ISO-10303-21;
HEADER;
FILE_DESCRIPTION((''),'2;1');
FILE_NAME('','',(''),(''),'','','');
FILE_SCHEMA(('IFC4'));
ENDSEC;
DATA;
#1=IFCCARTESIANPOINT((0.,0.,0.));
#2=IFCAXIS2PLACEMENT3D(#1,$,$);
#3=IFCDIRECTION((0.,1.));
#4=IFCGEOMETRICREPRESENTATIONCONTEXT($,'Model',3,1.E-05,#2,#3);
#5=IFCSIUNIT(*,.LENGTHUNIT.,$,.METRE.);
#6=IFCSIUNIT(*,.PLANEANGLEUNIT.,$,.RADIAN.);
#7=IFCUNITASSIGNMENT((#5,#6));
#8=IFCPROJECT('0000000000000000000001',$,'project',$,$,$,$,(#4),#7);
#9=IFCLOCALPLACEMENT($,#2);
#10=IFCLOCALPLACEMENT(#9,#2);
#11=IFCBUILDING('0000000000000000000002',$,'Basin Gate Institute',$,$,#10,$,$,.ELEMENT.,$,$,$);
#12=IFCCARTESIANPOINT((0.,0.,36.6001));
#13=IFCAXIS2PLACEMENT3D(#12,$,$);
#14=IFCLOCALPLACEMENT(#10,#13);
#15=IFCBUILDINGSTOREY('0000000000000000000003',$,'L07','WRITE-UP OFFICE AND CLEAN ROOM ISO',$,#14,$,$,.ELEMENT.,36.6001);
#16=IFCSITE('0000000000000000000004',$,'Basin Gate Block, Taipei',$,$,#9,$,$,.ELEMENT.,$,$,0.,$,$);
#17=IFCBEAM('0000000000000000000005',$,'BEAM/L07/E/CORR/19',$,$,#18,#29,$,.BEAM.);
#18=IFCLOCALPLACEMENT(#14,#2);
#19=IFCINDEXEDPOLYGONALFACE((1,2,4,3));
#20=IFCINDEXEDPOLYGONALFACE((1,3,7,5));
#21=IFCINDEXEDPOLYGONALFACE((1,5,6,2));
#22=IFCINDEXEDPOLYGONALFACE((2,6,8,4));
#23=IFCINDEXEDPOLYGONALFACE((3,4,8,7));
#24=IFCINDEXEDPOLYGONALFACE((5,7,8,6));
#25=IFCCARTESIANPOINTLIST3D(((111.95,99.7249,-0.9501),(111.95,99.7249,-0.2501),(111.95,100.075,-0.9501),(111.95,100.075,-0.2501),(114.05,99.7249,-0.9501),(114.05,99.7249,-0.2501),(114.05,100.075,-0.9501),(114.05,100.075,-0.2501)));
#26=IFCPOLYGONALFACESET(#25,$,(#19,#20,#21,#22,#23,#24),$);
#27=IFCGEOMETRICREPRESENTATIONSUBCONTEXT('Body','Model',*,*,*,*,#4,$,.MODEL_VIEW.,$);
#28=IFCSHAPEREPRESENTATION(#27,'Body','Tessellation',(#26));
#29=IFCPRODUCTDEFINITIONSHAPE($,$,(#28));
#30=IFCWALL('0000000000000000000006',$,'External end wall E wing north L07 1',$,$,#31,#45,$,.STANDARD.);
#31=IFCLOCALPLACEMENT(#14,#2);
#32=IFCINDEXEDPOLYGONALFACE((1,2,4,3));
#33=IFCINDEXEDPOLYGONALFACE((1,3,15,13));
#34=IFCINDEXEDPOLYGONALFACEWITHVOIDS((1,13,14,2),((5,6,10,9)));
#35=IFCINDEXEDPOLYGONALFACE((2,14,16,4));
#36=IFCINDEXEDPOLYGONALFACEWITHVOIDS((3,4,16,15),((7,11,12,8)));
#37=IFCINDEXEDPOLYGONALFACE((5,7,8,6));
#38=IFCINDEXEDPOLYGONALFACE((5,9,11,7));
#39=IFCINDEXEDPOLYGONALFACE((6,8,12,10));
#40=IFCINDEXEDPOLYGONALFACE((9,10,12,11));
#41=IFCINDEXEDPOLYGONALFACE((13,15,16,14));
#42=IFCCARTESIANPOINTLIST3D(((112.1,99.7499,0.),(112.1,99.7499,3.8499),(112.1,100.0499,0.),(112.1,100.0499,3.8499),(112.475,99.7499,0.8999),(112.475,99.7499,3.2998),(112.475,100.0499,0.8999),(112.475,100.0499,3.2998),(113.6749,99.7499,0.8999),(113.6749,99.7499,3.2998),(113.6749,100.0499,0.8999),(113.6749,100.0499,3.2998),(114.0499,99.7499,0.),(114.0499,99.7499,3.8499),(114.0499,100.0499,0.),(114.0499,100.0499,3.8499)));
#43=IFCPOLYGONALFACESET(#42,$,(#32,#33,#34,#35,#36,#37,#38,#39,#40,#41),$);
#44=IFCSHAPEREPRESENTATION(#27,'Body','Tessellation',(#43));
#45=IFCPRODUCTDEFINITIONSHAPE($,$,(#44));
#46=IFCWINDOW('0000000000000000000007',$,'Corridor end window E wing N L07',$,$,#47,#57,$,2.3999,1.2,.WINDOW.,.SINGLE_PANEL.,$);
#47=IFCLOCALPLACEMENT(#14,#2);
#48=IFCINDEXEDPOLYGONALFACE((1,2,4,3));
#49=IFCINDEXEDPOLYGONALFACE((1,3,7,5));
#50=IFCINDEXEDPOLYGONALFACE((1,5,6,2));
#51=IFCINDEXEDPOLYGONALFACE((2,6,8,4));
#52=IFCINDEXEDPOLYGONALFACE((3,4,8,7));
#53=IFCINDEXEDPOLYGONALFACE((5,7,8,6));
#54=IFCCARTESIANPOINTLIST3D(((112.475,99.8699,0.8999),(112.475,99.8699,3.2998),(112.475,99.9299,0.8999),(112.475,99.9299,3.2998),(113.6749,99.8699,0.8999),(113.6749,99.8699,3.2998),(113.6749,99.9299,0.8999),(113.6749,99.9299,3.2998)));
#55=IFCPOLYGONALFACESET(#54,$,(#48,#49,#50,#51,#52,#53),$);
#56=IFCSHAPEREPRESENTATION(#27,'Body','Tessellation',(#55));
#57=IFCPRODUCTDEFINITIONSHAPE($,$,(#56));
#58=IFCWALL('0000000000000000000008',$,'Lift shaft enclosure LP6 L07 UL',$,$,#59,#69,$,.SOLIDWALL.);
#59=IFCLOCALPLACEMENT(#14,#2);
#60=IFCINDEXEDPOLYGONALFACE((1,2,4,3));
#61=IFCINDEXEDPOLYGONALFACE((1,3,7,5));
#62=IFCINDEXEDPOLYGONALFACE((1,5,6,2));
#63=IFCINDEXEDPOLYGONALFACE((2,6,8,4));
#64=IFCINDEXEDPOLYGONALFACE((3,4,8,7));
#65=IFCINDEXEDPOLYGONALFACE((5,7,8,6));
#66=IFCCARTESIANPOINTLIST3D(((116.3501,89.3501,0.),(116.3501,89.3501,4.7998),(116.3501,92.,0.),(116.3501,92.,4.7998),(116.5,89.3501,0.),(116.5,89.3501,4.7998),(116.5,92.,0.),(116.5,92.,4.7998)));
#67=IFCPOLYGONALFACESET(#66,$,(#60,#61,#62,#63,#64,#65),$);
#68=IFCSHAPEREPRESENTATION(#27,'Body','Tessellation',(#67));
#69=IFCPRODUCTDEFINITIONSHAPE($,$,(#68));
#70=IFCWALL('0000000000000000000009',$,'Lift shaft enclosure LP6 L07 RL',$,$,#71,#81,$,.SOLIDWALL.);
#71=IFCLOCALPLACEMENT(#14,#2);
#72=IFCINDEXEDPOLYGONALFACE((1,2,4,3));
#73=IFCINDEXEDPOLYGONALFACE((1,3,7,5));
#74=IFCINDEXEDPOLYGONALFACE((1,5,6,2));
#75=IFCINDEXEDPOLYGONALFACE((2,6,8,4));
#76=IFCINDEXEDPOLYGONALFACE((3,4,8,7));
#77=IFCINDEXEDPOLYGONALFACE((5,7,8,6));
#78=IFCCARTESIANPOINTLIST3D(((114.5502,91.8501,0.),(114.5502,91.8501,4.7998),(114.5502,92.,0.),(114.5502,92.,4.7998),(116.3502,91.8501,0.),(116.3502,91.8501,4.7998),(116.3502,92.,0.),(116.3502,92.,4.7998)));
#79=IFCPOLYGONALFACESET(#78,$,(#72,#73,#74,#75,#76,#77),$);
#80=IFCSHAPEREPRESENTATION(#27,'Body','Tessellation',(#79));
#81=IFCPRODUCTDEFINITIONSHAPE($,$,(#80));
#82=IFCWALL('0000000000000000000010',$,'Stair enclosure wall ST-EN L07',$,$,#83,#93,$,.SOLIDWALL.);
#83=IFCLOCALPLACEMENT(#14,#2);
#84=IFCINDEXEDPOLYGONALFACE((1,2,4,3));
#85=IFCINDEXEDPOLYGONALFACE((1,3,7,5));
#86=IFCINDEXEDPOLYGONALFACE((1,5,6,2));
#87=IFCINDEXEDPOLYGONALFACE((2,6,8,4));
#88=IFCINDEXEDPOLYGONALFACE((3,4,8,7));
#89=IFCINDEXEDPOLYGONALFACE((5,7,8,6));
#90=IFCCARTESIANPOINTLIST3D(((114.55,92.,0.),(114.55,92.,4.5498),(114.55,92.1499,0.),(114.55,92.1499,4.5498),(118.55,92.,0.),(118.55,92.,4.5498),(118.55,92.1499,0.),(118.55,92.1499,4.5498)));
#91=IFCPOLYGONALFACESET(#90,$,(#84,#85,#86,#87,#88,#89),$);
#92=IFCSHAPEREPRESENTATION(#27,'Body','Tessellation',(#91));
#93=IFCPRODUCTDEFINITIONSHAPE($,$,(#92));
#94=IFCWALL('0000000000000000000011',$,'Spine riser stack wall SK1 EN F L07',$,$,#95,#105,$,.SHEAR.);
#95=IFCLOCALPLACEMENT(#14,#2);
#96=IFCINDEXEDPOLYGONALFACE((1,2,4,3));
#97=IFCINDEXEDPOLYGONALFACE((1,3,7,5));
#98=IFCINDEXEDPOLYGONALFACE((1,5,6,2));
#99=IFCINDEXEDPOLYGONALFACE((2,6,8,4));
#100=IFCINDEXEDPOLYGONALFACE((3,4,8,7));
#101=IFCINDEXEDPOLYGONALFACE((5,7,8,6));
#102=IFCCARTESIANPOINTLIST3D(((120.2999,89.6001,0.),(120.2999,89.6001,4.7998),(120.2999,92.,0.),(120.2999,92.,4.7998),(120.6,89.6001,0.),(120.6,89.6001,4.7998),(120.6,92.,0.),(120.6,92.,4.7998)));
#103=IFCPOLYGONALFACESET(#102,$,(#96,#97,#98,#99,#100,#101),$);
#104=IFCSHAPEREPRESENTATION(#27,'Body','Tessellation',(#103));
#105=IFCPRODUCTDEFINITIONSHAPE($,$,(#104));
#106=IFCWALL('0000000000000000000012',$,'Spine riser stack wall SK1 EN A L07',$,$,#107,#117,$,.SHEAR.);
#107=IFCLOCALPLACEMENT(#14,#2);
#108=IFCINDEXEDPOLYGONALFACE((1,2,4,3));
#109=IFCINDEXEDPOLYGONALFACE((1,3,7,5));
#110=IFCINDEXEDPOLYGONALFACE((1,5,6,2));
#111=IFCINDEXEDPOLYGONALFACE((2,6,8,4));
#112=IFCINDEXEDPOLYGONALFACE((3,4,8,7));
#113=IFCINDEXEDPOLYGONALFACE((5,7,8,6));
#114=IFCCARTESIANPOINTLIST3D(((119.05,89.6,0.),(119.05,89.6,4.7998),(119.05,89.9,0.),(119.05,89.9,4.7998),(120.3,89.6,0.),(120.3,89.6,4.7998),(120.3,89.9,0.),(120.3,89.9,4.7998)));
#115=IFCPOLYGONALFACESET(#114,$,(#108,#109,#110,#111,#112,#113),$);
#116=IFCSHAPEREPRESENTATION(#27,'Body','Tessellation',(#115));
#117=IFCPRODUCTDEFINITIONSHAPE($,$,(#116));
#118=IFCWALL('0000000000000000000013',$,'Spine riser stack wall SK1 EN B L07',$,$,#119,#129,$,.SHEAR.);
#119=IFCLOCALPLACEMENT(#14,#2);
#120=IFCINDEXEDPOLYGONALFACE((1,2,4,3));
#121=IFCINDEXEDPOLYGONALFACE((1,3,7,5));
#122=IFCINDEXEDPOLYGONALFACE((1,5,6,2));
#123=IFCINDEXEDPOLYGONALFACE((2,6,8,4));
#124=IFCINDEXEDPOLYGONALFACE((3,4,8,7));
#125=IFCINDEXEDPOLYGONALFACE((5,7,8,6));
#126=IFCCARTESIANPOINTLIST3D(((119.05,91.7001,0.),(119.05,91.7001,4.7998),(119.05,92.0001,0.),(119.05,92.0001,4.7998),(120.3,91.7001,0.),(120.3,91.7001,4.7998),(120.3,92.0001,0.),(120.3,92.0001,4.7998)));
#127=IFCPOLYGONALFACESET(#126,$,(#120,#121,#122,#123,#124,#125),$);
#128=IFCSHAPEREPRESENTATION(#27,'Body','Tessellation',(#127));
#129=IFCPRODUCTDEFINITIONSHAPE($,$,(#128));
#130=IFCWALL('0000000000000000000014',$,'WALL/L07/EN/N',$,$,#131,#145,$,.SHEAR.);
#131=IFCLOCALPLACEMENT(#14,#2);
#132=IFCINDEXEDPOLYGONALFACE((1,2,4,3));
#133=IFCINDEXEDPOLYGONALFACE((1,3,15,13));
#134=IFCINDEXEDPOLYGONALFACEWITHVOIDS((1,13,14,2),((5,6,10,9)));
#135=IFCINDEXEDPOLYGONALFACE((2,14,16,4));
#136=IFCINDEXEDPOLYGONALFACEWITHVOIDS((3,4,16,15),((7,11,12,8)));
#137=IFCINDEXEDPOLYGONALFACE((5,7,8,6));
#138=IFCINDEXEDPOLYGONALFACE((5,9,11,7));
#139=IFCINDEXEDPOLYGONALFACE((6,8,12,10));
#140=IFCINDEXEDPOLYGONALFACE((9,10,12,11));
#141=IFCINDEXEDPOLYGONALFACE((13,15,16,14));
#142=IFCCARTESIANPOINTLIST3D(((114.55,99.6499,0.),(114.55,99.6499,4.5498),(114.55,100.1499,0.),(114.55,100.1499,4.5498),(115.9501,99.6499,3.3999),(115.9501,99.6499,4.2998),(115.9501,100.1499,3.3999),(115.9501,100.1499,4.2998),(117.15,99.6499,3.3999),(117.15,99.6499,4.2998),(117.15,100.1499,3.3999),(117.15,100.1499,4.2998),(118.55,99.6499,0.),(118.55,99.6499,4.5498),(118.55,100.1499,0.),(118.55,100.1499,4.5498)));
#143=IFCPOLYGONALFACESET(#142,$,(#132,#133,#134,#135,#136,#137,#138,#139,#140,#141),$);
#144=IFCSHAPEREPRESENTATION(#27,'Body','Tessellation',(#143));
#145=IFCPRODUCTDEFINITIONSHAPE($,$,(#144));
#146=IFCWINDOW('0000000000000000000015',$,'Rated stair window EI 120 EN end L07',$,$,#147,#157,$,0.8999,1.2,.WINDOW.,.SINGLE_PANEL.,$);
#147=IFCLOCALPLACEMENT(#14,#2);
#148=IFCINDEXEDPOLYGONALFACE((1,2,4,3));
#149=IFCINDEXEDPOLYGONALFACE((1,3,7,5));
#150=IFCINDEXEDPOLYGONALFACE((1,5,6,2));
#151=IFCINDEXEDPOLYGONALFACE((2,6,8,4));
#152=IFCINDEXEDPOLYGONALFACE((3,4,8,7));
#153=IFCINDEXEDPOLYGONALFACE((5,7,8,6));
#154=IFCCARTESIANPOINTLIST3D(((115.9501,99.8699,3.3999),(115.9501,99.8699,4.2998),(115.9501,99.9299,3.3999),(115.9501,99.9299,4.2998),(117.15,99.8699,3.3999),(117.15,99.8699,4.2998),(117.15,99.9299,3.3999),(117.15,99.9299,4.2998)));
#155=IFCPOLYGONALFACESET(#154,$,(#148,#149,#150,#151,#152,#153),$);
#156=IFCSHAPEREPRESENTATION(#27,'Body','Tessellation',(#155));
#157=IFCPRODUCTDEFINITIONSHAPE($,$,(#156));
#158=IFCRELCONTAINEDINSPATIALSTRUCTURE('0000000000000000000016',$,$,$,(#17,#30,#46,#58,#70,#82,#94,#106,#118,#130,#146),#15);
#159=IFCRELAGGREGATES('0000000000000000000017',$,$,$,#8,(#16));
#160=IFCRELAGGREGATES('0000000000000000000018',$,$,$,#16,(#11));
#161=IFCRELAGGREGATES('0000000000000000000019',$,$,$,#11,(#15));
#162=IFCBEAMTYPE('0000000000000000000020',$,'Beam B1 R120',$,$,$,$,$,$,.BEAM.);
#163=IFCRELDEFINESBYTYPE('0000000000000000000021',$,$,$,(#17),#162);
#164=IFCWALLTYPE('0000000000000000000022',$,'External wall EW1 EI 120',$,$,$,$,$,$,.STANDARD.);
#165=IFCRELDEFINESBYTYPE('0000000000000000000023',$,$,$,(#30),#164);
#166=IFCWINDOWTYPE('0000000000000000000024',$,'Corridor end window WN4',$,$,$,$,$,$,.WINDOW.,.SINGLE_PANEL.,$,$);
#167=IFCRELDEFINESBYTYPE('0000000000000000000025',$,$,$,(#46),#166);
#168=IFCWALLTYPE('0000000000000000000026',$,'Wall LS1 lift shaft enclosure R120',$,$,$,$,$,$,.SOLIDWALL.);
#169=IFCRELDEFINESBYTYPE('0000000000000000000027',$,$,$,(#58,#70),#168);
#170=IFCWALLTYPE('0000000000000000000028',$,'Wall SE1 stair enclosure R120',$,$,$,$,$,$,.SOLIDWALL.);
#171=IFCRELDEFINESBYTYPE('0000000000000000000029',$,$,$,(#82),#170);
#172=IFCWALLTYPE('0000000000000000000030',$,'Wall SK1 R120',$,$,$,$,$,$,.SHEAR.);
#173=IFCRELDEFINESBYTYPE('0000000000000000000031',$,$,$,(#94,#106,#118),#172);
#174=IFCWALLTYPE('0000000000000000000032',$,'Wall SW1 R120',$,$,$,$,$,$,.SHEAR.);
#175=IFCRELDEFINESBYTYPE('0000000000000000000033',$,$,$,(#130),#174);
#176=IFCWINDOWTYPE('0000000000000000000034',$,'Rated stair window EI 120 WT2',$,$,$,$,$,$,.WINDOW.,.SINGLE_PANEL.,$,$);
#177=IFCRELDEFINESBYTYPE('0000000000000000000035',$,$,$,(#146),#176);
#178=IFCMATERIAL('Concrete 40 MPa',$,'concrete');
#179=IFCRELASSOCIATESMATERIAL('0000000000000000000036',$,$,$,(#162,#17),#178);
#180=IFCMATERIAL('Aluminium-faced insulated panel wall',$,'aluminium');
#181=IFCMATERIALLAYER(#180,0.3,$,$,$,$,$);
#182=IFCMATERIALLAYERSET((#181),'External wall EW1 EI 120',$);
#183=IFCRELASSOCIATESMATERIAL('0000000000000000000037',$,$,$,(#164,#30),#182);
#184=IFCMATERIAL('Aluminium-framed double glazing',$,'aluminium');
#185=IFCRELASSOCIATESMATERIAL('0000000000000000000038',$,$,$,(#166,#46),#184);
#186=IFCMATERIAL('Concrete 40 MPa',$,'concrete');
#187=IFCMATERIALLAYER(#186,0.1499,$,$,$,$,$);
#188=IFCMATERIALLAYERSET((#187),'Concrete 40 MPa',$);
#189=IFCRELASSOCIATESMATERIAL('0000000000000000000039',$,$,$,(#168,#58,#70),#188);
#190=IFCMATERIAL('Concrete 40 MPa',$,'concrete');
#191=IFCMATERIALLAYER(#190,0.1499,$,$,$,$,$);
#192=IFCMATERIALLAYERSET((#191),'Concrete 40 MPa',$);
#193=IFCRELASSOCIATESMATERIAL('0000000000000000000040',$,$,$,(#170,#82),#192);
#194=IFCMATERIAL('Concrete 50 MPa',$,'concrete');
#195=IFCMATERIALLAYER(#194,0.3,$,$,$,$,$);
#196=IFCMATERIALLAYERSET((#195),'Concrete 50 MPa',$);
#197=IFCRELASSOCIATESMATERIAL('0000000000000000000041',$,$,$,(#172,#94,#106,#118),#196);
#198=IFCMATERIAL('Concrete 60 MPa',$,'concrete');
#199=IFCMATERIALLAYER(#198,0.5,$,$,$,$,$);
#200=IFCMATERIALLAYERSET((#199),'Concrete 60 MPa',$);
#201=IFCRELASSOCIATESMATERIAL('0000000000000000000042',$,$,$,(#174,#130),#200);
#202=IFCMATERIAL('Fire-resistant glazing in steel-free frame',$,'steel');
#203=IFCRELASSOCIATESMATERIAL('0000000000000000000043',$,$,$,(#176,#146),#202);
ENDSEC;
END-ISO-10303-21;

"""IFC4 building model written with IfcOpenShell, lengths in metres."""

from ifc_helpers import new_model, si_unit, direction, frame, frame_2d, origin, origin_2d, place, context, subcontext, project, spatial, rectangle, extrude, material, layer, layer_set, material_profile, profile_set, type_object, element, fill, save


model = new_model("IFC4")

# Units and contexts
model_context = context("Model", 3, precision=1e-05, world=origin(), true_north=direction((0.0, 1.0)))
body_context = subcontext(model_context, "Body", "Model", "MODEL_VIEW")
ifc_project = project(units=[si_unit("LENGTHUNIT", "METRE"), si_unit("PLANEANGLEUNIT", "RADIAN")], contexts=[model_context])

# Site, building, storey
site_placement = place(None, origin())
site = spatial("IfcSite", under=ifc_project, at=site_placement, Name="Basin Gate Block, Taipei", CompositionType="ELEMENT", RefElevation=0.0)
building_placement = place(site_placement, origin())
building = spatial("IfcBuilding", under=site, at=building_placement, Name="Basin Gate Institute", CompositionType="ELEMENT")
storey_placement = place(building_placement, frame((0.0, 0.0, 36.6001)))
storey = spatial("IfcBuildingStorey", under=building, at=storey_placement, Name="L07", Description="WRITE-UP OFFICE AND CLEAN ROOM ISO", CompositionType="ELEMENT", Elevation=36.6001)

# Beam
ifc_material_1 = material(Name="Concrete 40 MPa", Category="concrete")
ifc_material_profile = material_profile(ifc_material_1, rectangle(XDim=0.3501, YDim=0.7, at=origin_2d()), Name="Beam B1 350 x 700")
ifc_profile_set = profile_set([ifc_material_profile], Name="Concrete 40 MPa")
beam_type = type_object("IfcBeamType", Name="Beam B1 R120", PredefinedType="BEAM", material=ifc_profile_set)
beam_placement = place(storey_placement, frame((114.05, 99.8999, -0.6001), z_axis=(-1.0, 0.0, 0.0), x_axis=(0.0, -1.0, 0.0)))
element("IfcBeam", 1, at=beam_placement, inside=storey, type_object=beam_type, material=ifc_profile_set, Name="BEAM/L07/E/CORR/19", PredefinedType="BEAM", context=body_context, shape_type="SweptSolid", body=[
    extrude(rectangle(XDim=0.3501, YDim=0.7, at=origin_2d()), origin(), (0.0, 0.0, 1.0), 2.1001),
])

# Wall, opening, window
ifc_material_2 = material(Name="Aluminium-faced insulated panel wall", Category="aluminium")
ifc_layer_1 = layer(ifc_material_2, 0.3)
ifc_layer_set_1 = layer_set([ifc_layer_1], Name="External wall EW1 EI 120")
wall_type_1 = type_object("IfcWallType", Name="External wall EW1 EI 120", PredefinedType="STANDARD", material=ifc_layer_set_1)
wall_1_placement = place(storey_placement, frame((114.05, 99.8999, 0.0), z_axis=(0.0, 0.0, 1.0), x_axis=(-1.0, 0.0, 0.0)))
wall_1 = element("IfcWall", 2, at=wall_1_placement, inside=storey, type_object=wall_type_1, material=ifc_layer_set_1, Name="External end wall E wing north L07 1", PredefinedType="STANDARD", context=body_context, shape_type="SweptSolid", body=[
    extrude(rectangle(XDim=1.95, YDim=0.3, at=frame_2d((0.9751, 0.0))), origin(), (0.0, 0.0, 1.0), 3.8499),
])
opening_1_placement = place(wall_1_placement, frame((0.375, 0.0, 0.8999)))
opening_1 = element("IfcOpeningElement", 3, at=opening_1_placement, cuts=wall_1, PredefinedType="OPENING", context=body_context, shape_type="SweptSolid", body=[
    extrude(rectangle(XDim=1.2, YDim=2.3999, at=frame_2d((0.6001, 1.2))), frame((0.0, 0.1602, 0.0), z_axis=(0.0, -1.0, 0.0), x_axis=(1.0, 0.0, 0.0)), (0.0, 0.0, 1.0), 0.3201),
])
ifc_material_3 = material(Name="Aluminium-framed double glazing", Category="aluminium")
window_type_1 = type_object("IfcWindowType", Name="Corridor end window WN4", PartitioningType="SINGLE_PANEL", PredefinedType="WINDOW", material=ifc_material_3)
window_1_placement = place(opening_1_placement, origin())
window_1 = element("IfcWindow", 4, at=window_1_placement, inside=storey, type_object=window_type_1, material=ifc_material_3, Name="Corridor end window E wing N L07", OverallHeight=2.3999, OverallWidth=1.2, PartitioningType="SINGLE_PANEL", PredefinedType="WINDOW", context=body_context, shape_type="SweptSolid", body=[
    extrude(rectangle(XDim=1.2, YDim=2.3999, at=frame_2d((0.6001, 1.2))), frame((0.0, 0.03, 0.0), z_axis=(0.0, -1.0, 0.0), x_axis=(1.0, 0.0, 0.0)), (0.0, 0.0, 1.0), 0.0601),
])
fill(opening_1, window_1)

# Walls
ifc_material_4 = material(Name="Concrete 40 MPa", Category="concrete")
ifc_layer_2 = layer(ifc_material_4, 0.1499)
ifc_layer_set_2 = layer_set([ifc_layer_2], Name="Concrete 40 MPa")
wall_type_2 = type_object("IfcWallType", Name="Wall LS1 lift shaft enclosure R120", PredefinedType="SOLIDWALL", material=ifc_layer_set_2)
wall_2_placement = place(storey_placement, frame((116.425, 92.0, 0.0), z_axis=(0.0, 0.0, 1.0), x_axis=(0.0, -1.0, 0.0)))
element("IfcWall", 5, at=wall_2_placement, inside=storey, type_object=wall_type_2, material=ifc_layer_set_2, Name="Lift shaft enclosure LP6 L07 UL", PredefinedType="SOLIDWALL", context=body_context, shape_type="SweptSolid", body=[
    extrude(rectangle(XDim=2.6499, YDim=0.1499, at=frame_2d((1.325, 0.0))), origin(), (0.0, 0.0, 1.0), 4.7998),
])
wall_3_placement = place(storey_placement, frame((116.3501, 91.925, 0.0), z_axis=(0.0, 0.0, 1.0), x_axis=(-1.0, 0.0, 0.0)))
element("IfcWall", 6, at=wall_3_placement, inside=storey, type_object=wall_type_2, material=ifc_layer_set_2, Name="Lift shaft enclosure LP6 L07 RL", PredefinedType="SOLIDWALL", context=body_context, shape_type="SweptSolid", body=[
    extrude(rectangle(XDim=1.8, YDim=0.1499, at=frame_2d((0.8999, 0.0))), origin(), (0.0, 0.0, 1.0), 4.7998),
])
ifc_material_5 = material(Name="Concrete 40 MPa", Category="concrete")
ifc_layer_3 = layer(ifc_material_5, 0.1499)
ifc_layer_set_3 = layer_set([ifc_layer_3], Name="Concrete 40 MPa")
wall_type_3 = type_object("IfcWallType", Name="Wall SE1 stair enclosure R120", PredefinedType="SOLIDWALL", material=ifc_layer_set_3)
wall_4_placement = place(storey_placement, frame((118.55, 92.075, 0.0), z_axis=(0.0, 0.0, 1.0), x_axis=(-1.0, 0.0, 0.0)))
element("IfcWall", 7, at=wall_4_placement, inside=storey, type_object=wall_type_3, material=ifc_layer_set_3, Name="Stair enclosure wall ST-EN L07", PredefinedType="SOLIDWALL", context=body_context, shape_type="SweptSolid", body=[
    extrude(rectangle(XDim=4.0, YDim=0.1499, at=frame_2d((2.0, 0.0))), origin(), (0.0, 0.0, 1.0), 4.5498),
])
ifc_material_6 = material(Name="Concrete 50 MPa", Category="concrete")
ifc_layer_4 = layer(ifc_material_6, 0.3)
ifc_layer_set_4 = layer_set([ifc_layer_4], Name="Concrete 50 MPa")
wall_type_4 = type_object("IfcWallType", Name="Wall SK1 R120", PredefinedType="SHEAR", material=ifc_layer_set_4)
wall_5_placement = place(storey_placement, frame((120.45, 89.6001, 0.0), z_axis=(0.0, 0.0, 1.0), x_axis=(0.0, 1.0, 0.0)))
element("IfcWall", 8, at=wall_5_placement, inside=storey, type_object=wall_type_4, material=ifc_layer_set_4, Name="Spine riser stack wall SK1 EN F L07", PredefinedType="SHEAR", context=body_context, shape_type="SweptSolid", body=[
    extrude(rectangle(XDim=2.3999, YDim=0.3, at=frame_2d((1.2, 0.0))), origin(), (0.0, 0.0, 1.0), 4.7998),
])
for number, where, z_axis, x_axis, name in (
    (9, (119.05, 89.75, 0.0), (0.0, 0.0, 1.0), (1.0, 0.0, 0.0), "Spine riser stack wall SK1 EN A L07"),
    (10, (119.05, 91.8501, 0.0), (0.0, 0.0, 1.0), (1.0, 0.0, 0.0), "Spine riser stack wall SK1 EN B L07"),
):
    element("IfcWall", number, at=place(storey_placement, frame(where, z_axis=z_axis, x_axis=x_axis)), inside=storey, type_object=wall_type_4, material=ifc_layer_set_4, Name=name, PredefinedType="SHEAR", context=body_context, shape_type="SweptSolid", body=[
        extrude(rectangle(XDim=1.25, YDim=0.3, at=frame_2d((0.625, 0.0))), origin(), (0.0, 0.0, 1.0), 4.7998),
    ])

# Wall, opening, window
ifc_material_7 = material(Name="Concrete 60 MPa", Category="concrete")
ifc_layer_5 = layer(ifc_material_7, 0.5)
ifc_layer_set_5 = layer_set([ifc_layer_5], Name="Concrete 60 MPa")
wall_type_5 = type_object("IfcWallType", Name="Wall SW1 R120", PredefinedType="SHEAR", material=ifc_layer_set_5)
wall_6_placement = place(storey_placement, frame((118.55, 99.8999, 0.0), z_axis=(0.0, 0.0, 1.0), x_axis=(-1.0, 0.0, 0.0)))
wall_6 = element("IfcWall", 11, at=wall_6_placement, inside=storey, type_object=wall_type_5, material=ifc_layer_set_5, Name="WALL/L07/EN/N", PredefinedType="SHEAR", context=body_context, shape_type="SweptSolid", body=[
    extrude(rectangle(XDim=4.0, YDim=0.5, at=frame_2d((2.0, 0.0))), origin(), (0.0, 0.0, 1.0), 4.5498),
])
opening_2_placement = place(wall_6_placement, frame((1.3999, 0.0, 3.3999)))
opening_2 = element("IfcOpeningElement", 12, at=opening_2_placement, cuts=wall_6, PredefinedType="OPENING", context=body_context, shape_type="SweptSolid", body=[
    extrude(rectangle(XDim=1.2, YDim=0.8999, at=frame_2d((0.6001, 0.45))), frame((0.0, 0.26, 0.0), z_axis=(0.0, -1.0, 0.0), x_axis=(1.0, 0.0, 0.0)), (0.0, 0.0, 1.0), 0.52),
])
ifc_material_8 = material(Name="Fire-resistant glazing in steel-free frame", Category="steel")
window_type_2 = type_object("IfcWindowType", Name="Rated stair window EI 120 WT2", PartitioningType="SINGLE_PANEL", PredefinedType="WINDOW", material=ifc_material_8)
window_2_placement = place(opening_2_placement, origin())
window_2 = element("IfcWindow", 13, at=window_2_placement, inside=storey, type_object=window_type_2, material=ifc_material_8, Name="Rated stair window EI 120 EN end L07", OverallHeight=0.8999, OverallWidth=1.2, PartitioningType="SINGLE_PANEL", PredefinedType="WINDOW", context=body_context, shape_type="SweptSolid", body=[
    extrude(rectangle(XDim=1.2, YDim=0.8999, at=frame_2d((0.6001, 0.45))), frame((0.0, 0.03, 0.0), z_axis=(0.0, -1.0, 0.0), x_axis=(1.0, 0.0, 0.0)), (0.0, 0.0, 1.0), 0.0601),
])
fill(opening_2, window_2)

save(model, "model.ifc")
